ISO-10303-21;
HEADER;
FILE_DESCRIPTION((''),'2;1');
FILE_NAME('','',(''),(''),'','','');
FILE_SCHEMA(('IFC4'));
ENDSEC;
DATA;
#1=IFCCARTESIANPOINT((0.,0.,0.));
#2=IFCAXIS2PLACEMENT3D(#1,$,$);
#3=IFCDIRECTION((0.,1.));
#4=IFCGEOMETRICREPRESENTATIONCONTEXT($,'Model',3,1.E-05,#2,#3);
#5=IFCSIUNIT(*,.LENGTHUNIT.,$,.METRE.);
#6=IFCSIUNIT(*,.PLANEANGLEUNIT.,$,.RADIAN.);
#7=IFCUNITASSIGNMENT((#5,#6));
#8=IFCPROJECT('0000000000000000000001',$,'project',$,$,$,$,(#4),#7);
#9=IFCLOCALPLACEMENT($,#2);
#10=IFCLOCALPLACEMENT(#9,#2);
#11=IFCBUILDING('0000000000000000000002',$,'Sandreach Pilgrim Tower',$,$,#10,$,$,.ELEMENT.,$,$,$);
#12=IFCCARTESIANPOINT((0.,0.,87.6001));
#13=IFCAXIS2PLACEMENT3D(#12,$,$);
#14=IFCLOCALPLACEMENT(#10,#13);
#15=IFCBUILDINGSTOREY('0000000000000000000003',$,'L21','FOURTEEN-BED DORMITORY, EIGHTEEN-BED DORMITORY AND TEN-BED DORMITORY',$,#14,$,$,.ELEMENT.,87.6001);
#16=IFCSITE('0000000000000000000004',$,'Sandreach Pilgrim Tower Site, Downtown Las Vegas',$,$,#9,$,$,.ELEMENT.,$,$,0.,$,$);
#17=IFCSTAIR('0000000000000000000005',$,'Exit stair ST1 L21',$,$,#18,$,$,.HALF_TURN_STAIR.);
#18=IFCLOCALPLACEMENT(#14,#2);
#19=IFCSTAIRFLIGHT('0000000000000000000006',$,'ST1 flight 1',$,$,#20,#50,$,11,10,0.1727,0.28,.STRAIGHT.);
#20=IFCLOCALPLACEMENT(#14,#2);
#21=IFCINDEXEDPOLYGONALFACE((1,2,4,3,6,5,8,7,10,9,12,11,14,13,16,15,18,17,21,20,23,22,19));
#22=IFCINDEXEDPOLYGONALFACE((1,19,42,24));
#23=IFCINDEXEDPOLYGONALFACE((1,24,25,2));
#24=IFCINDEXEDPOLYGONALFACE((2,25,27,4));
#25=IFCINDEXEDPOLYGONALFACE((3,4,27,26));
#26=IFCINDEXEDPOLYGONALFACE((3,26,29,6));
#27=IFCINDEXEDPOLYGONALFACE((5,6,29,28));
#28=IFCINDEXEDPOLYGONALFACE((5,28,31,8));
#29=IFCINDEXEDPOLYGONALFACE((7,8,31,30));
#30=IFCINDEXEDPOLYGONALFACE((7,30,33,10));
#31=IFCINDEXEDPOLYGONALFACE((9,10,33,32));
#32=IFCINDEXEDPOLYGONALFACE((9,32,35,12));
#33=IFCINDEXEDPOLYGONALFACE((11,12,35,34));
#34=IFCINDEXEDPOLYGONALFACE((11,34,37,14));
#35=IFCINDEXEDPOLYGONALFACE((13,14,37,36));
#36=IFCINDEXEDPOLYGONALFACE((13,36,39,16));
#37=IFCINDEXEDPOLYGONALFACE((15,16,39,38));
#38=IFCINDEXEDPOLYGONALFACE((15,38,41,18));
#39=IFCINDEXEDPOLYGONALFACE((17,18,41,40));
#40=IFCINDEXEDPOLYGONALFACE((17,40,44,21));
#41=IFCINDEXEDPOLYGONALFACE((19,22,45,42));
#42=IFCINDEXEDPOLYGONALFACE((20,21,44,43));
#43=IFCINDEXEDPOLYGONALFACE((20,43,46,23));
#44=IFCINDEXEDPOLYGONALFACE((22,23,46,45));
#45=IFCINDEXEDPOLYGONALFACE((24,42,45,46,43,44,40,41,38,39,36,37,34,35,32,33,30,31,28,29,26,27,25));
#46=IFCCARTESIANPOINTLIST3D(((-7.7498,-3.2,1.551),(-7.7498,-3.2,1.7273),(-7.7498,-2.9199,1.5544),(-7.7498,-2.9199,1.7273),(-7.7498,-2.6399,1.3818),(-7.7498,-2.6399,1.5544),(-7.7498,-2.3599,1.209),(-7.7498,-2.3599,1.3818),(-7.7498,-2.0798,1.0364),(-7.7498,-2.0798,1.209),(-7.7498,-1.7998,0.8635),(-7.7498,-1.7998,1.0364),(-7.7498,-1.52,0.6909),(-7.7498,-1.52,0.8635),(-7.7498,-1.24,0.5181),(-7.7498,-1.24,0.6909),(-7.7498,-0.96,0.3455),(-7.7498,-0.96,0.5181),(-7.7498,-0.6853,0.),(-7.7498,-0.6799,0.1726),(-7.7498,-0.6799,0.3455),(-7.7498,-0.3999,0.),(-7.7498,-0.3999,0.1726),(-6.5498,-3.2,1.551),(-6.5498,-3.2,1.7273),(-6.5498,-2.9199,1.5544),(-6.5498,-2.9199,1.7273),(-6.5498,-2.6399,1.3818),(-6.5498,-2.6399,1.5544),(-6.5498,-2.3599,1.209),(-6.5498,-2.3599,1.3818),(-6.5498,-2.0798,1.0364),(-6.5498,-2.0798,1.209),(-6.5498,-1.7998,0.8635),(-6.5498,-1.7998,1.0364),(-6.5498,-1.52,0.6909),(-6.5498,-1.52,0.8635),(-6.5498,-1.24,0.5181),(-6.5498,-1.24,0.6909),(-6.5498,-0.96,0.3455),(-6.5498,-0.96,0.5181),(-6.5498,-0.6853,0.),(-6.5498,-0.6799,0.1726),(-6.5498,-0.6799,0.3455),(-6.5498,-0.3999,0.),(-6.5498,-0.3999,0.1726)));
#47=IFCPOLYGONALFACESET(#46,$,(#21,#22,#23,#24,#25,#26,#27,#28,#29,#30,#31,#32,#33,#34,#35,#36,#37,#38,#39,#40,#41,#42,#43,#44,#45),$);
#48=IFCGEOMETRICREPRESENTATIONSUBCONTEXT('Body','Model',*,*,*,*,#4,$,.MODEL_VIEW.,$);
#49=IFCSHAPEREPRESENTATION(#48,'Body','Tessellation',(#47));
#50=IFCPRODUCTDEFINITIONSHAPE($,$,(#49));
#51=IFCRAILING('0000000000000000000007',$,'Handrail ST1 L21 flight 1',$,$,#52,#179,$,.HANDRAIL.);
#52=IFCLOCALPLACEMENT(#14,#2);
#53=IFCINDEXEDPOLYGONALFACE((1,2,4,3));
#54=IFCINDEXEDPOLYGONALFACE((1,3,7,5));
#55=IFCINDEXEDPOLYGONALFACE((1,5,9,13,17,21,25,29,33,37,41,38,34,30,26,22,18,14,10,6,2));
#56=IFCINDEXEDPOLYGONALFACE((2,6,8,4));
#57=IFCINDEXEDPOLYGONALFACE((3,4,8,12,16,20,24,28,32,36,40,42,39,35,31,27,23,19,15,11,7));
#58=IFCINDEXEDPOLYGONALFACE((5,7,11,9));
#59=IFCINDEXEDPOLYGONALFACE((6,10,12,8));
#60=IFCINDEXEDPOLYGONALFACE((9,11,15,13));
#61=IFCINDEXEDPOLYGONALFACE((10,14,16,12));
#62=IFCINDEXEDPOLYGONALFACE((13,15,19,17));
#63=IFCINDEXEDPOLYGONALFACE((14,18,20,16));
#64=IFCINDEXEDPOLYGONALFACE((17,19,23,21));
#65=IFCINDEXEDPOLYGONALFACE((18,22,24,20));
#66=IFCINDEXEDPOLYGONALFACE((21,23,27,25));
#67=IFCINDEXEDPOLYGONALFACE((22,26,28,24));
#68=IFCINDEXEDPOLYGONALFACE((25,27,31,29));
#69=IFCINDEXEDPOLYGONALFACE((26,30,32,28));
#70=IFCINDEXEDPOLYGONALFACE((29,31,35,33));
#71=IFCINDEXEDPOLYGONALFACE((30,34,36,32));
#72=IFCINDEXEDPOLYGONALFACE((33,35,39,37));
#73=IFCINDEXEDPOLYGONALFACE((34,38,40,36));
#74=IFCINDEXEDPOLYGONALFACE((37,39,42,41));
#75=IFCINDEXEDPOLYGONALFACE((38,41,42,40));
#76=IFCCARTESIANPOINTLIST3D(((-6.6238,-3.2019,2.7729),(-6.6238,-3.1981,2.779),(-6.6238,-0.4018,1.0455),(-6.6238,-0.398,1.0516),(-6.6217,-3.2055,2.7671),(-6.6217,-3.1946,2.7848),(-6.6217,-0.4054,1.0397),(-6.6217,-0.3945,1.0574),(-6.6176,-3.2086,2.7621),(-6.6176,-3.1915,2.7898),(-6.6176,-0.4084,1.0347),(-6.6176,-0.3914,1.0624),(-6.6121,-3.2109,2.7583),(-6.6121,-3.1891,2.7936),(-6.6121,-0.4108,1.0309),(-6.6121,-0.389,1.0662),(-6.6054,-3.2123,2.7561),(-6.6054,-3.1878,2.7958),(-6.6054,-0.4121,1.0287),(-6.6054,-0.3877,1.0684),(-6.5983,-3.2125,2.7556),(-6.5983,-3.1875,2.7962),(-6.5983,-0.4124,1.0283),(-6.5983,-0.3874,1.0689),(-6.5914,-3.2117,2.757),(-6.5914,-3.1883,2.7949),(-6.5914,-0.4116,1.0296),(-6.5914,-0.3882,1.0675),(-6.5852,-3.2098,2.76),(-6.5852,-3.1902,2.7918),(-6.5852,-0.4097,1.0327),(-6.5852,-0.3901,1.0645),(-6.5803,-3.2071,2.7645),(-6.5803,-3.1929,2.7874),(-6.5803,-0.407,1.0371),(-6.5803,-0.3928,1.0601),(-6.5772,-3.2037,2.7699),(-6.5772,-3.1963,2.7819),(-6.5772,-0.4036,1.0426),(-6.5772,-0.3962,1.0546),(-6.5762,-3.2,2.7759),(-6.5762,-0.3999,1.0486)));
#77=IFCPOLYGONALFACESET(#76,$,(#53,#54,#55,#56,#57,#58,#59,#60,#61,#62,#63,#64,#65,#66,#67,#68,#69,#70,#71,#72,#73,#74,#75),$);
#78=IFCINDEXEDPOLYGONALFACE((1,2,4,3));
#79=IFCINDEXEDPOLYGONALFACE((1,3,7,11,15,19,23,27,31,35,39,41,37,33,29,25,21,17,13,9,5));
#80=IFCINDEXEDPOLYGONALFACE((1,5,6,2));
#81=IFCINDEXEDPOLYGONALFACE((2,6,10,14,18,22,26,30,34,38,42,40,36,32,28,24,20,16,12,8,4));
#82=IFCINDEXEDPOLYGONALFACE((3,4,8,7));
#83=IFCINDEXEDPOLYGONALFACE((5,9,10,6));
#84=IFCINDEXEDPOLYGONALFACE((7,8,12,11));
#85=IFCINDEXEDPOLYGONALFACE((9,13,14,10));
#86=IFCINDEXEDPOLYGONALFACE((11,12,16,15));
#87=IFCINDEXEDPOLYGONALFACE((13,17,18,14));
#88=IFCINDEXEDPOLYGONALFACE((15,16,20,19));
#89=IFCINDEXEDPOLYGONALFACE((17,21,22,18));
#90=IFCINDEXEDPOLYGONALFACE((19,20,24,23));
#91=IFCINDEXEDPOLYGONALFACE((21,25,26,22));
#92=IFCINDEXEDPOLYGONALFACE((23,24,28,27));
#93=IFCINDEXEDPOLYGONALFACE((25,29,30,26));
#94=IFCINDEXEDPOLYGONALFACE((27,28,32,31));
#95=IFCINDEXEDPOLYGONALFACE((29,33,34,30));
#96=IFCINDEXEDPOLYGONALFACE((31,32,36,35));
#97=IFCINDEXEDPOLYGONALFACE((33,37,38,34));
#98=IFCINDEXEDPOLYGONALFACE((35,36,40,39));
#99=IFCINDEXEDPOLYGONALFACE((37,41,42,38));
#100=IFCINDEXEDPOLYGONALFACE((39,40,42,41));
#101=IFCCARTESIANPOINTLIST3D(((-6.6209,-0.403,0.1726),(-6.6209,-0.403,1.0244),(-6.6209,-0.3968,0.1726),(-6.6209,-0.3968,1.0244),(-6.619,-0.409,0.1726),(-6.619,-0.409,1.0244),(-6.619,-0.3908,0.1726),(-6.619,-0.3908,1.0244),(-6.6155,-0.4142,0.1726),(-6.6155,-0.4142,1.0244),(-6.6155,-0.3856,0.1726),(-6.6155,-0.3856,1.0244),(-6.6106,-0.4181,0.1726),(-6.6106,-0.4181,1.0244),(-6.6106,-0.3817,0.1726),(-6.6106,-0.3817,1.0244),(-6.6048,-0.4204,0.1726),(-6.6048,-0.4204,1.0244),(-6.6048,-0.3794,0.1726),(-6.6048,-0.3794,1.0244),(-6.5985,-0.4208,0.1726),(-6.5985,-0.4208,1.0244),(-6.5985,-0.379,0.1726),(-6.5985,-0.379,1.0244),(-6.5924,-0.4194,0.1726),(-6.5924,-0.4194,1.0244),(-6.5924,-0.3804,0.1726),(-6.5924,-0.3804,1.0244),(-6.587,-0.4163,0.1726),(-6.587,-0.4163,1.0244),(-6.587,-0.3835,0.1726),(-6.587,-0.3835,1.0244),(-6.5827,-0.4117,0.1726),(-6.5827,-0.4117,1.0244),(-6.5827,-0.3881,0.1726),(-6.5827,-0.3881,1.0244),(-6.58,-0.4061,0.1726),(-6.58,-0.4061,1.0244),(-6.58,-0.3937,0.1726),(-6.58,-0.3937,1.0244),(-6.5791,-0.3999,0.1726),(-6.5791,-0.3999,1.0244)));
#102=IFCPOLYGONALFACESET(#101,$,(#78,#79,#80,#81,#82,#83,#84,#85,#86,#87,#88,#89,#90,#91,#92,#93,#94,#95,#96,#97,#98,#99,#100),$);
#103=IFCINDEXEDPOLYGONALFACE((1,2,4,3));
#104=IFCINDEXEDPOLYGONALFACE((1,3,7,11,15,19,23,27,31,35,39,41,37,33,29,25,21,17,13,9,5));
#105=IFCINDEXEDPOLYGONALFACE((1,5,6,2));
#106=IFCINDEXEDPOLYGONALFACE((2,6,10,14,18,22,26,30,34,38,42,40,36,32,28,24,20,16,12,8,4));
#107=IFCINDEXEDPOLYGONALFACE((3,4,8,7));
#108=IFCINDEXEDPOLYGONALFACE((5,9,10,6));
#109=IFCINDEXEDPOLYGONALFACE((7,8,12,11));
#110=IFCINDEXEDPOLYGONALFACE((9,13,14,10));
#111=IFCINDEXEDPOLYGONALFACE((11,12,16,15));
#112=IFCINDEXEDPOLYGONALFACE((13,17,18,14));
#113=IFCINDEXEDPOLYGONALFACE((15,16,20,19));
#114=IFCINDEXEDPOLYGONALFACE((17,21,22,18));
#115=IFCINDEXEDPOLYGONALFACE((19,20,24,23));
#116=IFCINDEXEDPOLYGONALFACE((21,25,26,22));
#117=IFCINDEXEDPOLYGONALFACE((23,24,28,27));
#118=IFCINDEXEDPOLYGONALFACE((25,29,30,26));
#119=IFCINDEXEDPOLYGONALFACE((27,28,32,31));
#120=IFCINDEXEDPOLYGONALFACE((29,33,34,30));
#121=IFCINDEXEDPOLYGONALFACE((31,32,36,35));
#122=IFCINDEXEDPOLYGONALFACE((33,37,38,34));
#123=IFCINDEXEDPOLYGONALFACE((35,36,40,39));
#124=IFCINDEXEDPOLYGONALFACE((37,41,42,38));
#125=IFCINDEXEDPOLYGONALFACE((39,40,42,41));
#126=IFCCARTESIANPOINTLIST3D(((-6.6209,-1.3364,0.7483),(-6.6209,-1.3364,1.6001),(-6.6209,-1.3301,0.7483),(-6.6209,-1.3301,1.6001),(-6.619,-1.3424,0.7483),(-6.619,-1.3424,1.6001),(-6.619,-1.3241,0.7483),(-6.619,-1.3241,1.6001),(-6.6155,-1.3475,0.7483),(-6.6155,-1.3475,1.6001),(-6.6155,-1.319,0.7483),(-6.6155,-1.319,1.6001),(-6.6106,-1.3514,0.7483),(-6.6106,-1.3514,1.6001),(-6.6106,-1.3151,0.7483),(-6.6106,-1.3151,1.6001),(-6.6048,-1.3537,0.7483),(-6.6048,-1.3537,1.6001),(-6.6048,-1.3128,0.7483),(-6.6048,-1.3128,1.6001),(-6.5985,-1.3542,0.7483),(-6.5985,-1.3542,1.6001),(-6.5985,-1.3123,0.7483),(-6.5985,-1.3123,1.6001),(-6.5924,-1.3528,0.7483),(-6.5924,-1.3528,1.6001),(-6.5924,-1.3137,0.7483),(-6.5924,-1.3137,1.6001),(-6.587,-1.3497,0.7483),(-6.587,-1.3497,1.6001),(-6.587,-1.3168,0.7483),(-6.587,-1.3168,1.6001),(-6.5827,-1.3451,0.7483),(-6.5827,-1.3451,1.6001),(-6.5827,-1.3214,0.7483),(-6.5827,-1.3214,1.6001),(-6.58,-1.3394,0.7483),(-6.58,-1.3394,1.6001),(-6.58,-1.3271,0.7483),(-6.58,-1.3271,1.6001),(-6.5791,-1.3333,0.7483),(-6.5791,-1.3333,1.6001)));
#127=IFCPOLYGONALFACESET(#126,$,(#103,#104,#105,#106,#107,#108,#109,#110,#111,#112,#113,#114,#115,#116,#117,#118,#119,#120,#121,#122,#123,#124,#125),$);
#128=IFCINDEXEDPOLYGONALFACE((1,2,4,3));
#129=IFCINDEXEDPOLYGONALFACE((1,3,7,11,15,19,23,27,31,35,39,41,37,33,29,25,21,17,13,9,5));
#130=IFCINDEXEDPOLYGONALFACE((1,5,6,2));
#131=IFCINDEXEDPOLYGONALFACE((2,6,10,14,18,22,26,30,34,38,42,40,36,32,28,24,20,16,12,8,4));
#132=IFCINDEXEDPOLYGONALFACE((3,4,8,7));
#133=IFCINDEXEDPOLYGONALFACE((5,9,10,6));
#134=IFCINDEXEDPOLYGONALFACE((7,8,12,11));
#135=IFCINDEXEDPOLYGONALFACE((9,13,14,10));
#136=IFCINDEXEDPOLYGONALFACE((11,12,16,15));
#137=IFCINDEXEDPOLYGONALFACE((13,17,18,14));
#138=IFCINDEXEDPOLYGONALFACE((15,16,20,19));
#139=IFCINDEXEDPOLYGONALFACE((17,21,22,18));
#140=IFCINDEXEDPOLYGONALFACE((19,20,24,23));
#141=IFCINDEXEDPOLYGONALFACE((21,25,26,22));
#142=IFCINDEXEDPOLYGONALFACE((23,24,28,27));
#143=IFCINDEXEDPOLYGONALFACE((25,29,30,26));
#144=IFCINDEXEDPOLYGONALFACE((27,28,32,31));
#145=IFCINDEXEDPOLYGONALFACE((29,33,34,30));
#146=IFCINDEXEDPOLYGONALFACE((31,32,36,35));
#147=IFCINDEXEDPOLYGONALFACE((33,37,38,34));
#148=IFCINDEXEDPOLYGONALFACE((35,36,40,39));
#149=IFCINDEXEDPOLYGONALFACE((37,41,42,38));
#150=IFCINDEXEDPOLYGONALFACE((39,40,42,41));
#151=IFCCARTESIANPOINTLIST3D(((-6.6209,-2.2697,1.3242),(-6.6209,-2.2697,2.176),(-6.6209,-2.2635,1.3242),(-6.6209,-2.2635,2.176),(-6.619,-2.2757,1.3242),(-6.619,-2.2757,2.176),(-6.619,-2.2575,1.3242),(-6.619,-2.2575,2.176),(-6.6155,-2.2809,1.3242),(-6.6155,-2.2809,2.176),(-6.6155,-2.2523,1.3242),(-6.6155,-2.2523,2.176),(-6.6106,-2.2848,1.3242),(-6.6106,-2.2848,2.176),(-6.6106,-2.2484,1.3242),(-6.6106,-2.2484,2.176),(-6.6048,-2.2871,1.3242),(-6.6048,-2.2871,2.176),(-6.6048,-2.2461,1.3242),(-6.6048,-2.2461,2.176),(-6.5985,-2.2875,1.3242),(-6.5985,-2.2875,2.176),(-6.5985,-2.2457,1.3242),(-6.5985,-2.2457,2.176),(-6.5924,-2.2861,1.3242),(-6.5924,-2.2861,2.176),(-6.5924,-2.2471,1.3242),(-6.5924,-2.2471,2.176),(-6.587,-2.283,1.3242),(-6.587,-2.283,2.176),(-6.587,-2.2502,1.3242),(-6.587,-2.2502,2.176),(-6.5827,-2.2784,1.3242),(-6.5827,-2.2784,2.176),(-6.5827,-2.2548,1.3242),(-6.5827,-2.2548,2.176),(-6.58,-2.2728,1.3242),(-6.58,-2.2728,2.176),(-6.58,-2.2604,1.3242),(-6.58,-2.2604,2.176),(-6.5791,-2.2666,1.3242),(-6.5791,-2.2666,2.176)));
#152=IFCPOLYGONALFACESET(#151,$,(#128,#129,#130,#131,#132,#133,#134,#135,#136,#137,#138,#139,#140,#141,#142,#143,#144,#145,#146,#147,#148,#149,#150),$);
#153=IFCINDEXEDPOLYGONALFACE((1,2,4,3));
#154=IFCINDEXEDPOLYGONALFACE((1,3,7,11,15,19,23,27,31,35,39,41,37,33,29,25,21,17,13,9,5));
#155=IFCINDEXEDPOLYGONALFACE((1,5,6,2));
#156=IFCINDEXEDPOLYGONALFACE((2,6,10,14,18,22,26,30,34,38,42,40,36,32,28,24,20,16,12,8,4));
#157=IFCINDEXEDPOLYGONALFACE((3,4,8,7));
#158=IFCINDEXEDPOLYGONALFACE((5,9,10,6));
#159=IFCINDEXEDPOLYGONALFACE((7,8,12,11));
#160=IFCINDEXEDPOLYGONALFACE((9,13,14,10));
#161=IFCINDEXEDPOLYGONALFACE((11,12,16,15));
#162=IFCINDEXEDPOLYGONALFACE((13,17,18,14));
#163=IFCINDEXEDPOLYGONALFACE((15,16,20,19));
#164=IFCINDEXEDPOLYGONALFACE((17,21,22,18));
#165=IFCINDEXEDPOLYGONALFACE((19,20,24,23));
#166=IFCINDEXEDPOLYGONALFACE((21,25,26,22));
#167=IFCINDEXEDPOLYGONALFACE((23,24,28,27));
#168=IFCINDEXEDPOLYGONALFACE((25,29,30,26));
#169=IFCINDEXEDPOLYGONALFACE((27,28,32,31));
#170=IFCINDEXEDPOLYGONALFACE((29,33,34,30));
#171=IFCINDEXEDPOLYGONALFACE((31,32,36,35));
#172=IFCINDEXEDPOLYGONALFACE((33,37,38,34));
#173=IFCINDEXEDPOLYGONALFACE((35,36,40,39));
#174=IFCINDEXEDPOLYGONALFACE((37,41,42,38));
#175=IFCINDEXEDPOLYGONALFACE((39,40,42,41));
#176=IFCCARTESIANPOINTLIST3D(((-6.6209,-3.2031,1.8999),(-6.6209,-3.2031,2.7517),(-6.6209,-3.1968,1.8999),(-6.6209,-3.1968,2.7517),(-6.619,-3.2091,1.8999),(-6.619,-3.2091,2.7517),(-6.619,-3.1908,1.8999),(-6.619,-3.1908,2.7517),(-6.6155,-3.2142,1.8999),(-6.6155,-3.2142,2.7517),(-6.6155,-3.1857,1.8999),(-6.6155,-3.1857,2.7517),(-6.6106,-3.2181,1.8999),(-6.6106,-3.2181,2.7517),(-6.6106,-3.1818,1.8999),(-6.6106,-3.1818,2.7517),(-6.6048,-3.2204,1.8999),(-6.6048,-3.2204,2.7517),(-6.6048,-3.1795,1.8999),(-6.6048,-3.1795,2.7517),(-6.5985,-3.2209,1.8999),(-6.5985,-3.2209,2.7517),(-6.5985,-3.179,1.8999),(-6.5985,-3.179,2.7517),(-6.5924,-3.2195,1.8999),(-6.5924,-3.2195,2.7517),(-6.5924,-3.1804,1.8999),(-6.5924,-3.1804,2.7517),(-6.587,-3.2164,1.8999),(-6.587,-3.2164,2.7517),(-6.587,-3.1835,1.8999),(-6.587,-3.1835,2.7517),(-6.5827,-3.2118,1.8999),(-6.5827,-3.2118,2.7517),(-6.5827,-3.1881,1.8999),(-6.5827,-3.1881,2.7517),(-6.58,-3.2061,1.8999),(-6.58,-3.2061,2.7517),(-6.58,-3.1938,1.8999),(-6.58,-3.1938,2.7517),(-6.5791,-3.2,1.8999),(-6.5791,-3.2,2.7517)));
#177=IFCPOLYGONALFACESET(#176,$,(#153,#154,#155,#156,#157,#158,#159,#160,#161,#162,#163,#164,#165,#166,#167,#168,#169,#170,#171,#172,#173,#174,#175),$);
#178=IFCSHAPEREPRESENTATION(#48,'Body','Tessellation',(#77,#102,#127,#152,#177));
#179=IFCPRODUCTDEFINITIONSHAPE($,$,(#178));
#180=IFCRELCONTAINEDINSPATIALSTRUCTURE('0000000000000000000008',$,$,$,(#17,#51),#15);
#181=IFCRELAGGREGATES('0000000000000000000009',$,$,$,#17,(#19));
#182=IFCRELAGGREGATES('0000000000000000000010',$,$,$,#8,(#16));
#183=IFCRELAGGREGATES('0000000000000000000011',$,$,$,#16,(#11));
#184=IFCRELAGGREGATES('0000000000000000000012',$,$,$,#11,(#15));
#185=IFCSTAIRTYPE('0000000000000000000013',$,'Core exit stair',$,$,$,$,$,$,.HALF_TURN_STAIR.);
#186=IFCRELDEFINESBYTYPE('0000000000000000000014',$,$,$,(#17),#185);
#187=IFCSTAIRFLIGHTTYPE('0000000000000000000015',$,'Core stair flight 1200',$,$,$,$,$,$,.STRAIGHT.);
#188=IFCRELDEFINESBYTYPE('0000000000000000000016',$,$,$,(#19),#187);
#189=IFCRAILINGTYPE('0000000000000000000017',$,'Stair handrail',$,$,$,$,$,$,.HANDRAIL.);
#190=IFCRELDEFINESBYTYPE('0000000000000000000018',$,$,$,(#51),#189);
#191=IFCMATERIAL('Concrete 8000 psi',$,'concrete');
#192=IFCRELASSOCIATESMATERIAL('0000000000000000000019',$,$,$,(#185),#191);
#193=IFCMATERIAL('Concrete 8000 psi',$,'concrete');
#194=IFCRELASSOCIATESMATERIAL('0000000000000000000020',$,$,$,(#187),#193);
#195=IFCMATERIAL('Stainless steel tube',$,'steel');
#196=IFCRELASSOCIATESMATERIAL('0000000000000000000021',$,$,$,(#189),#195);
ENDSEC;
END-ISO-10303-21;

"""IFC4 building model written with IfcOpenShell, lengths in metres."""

from ifc_helpers import new_model, si_unit, direction, frame, origin, origin_2d, place, context, subcontext, project, spatial, polyline, circle, outline, extrude, material, type_object, element, aggregate, save


model = new_model("IFC4")

# Units and contexts
model_context = context("Model", 3, precision=1e-05, world=origin(), true_north=direction((0.0, 1.0)))
body_context = subcontext(model_context, "Body", "Model", "MODEL_VIEW")
ifc_project = project(units=[si_unit("LENGTHUNIT", "METRE"), si_unit("PLANEANGLEUNIT", "RADIAN")], contexts=[model_context])

# Site, building, storey
site_placement = place(None, origin())
site = spatial("IfcSite", under=ifc_project, at=site_placement, Name="Sandreach Pilgrim Tower Site, Downtown Las Vegas", CompositionType="ELEMENT", RefElevation=0.0)
building_placement = place(site_placement, origin())
building = spatial("IfcBuilding", under=site, at=building_placement, Name="Sandreach Pilgrim Tower", CompositionType="ELEMENT")
storey_placement = place(building_placement, frame((0.0, 0.0, 87.6001)))
storey = spatial("IfcBuildingStorey", under=building, at=storey_placement, Name="L21", Description="FOURTEEN-BED DORMITORY, EIGHTEEN-BED DORMITORY AND TEN-BED DORMITORY", CompositionType="ELEMENT", Elevation=87.6001)

# Stair, stair flight
ifc_material_1 = material(Name="Concrete 8000 psi", Category="concrete")
stair_type = type_object("IfcStairType", Name="Core exit stair", PredefinedType="HALF_TURN_STAIR", material=ifc_material_1)
stair_placement = place(storey_placement, origin())
stair = element("IfcStair", 1, at=stair_placement, inside=storey, type_object=stair_type, Name="Exit stair ST1 L21", PredefinedType="HALF_TURN_STAIR")
ifc_material_2 = material(Name="Concrete 8000 psi", Category="concrete")
stair_flight_type = type_object("IfcStairFlightType", Name="Core stair flight 1200", PredefinedType="STRAIGHT", material=ifc_material_2)
stair_flight_placement = place(storey_placement, frame((-7.1499, -0.3999, 0.0), z_axis=(0.0, 0.0, 1.0), x_axis=(0.0, -1.0, 0.0)))
stair_flight = element("IfcStairFlight", 2, at=stair_flight_placement, type_object=stair_flight_type, Name="ST1 flight 1", NumberOfRisers=11, NumberOfTreads=10, PredefinedType="STRAIGHT", RiserHeight=0.1727, TreadLength=0.28, context=body_context, shape_type="SweptSolid", body=[
    extrude(outline(polyline([(0.0, 0.0), (0.0, 0.1726), (0.28, 0.1726), (0.28, 0.3455), (0.5601, 0.3455), (0.5601, 0.5181), (0.8401, 0.5181), (0.8401, 0.6909), (1.1201, 0.6909), (1.1201, 0.8635), (1.3999, 0.8635), (1.3999, 1.0364), (1.6799, 1.0364), (1.6799, 1.209), (1.96, 1.209), (1.96, 1.3818), (2.24, 1.3818), (2.24, 1.5544), (2.52, 1.5544), (2.52, 1.7273), (2.8, 1.7273), (2.8, 1.8999), (2.8, 1.551), (0.2854, 0.0), (0.0, 0.0)])), frame((0.0, 0.6001, 0.0), z_axis=(0.0, -1.0, 0.0), x_axis=(1.0, 0.0, 0.0)), (0.0, 0.0, 1.0), 1.2),
])
aggregate(stair, [stair_flight])

# Railing
ifc_material_3 = material(Name="Stainless steel tube", Category="steel")
railing_type = type_object("IfcRailingType", Name="Stair handrail", PredefinedType="HANDRAIL", material=ifc_material_3)
for number, where, name in (
    (3, (-6.6001, -0.3999, 0.1726), "Handrail ST1 L21 flight 1"),
):
    element("IfcRailing", number, at=place(storey_placement, frame(where)), inside=storey, type_object=railing_type, Name=name, PredefinedType="HANDRAIL", context=body_context, shape_type="SweptSolid", body=[
        extrude(circle(Radius=0.0239, at=origin_2d()), frame((0.0, 0.0, 0.876), z_axis=(0.0, -0.85109, 0.52502), x_axis=(1.0, 0.0, 0.0)), (0.0, 0.0, 1.0), 3.29),
        extrude(circle(Radius=0.021, at=origin_2d()), origin(), (0.0, 0.0, 1.0), 0.8518),
        extrude(circle(Radius=0.021, at=origin_2d()), frame((0.0, -0.9333, 0.5757)), (0.0, 0.0, 1.0), 0.8518),
        extrude(circle(Radius=0.021, at=origin_2d()), frame((0.0, -1.8667, 1.1516)), (0.0, 0.0, 1.0), 0.8518),
        extrude(circle(Radius=0.021, at=origin_2d()), frame((0.0, -2.8, 1.7273)), (0.0, 0.0, 1.0), 0.8518),
    ])

save(model, "model.ifc")
